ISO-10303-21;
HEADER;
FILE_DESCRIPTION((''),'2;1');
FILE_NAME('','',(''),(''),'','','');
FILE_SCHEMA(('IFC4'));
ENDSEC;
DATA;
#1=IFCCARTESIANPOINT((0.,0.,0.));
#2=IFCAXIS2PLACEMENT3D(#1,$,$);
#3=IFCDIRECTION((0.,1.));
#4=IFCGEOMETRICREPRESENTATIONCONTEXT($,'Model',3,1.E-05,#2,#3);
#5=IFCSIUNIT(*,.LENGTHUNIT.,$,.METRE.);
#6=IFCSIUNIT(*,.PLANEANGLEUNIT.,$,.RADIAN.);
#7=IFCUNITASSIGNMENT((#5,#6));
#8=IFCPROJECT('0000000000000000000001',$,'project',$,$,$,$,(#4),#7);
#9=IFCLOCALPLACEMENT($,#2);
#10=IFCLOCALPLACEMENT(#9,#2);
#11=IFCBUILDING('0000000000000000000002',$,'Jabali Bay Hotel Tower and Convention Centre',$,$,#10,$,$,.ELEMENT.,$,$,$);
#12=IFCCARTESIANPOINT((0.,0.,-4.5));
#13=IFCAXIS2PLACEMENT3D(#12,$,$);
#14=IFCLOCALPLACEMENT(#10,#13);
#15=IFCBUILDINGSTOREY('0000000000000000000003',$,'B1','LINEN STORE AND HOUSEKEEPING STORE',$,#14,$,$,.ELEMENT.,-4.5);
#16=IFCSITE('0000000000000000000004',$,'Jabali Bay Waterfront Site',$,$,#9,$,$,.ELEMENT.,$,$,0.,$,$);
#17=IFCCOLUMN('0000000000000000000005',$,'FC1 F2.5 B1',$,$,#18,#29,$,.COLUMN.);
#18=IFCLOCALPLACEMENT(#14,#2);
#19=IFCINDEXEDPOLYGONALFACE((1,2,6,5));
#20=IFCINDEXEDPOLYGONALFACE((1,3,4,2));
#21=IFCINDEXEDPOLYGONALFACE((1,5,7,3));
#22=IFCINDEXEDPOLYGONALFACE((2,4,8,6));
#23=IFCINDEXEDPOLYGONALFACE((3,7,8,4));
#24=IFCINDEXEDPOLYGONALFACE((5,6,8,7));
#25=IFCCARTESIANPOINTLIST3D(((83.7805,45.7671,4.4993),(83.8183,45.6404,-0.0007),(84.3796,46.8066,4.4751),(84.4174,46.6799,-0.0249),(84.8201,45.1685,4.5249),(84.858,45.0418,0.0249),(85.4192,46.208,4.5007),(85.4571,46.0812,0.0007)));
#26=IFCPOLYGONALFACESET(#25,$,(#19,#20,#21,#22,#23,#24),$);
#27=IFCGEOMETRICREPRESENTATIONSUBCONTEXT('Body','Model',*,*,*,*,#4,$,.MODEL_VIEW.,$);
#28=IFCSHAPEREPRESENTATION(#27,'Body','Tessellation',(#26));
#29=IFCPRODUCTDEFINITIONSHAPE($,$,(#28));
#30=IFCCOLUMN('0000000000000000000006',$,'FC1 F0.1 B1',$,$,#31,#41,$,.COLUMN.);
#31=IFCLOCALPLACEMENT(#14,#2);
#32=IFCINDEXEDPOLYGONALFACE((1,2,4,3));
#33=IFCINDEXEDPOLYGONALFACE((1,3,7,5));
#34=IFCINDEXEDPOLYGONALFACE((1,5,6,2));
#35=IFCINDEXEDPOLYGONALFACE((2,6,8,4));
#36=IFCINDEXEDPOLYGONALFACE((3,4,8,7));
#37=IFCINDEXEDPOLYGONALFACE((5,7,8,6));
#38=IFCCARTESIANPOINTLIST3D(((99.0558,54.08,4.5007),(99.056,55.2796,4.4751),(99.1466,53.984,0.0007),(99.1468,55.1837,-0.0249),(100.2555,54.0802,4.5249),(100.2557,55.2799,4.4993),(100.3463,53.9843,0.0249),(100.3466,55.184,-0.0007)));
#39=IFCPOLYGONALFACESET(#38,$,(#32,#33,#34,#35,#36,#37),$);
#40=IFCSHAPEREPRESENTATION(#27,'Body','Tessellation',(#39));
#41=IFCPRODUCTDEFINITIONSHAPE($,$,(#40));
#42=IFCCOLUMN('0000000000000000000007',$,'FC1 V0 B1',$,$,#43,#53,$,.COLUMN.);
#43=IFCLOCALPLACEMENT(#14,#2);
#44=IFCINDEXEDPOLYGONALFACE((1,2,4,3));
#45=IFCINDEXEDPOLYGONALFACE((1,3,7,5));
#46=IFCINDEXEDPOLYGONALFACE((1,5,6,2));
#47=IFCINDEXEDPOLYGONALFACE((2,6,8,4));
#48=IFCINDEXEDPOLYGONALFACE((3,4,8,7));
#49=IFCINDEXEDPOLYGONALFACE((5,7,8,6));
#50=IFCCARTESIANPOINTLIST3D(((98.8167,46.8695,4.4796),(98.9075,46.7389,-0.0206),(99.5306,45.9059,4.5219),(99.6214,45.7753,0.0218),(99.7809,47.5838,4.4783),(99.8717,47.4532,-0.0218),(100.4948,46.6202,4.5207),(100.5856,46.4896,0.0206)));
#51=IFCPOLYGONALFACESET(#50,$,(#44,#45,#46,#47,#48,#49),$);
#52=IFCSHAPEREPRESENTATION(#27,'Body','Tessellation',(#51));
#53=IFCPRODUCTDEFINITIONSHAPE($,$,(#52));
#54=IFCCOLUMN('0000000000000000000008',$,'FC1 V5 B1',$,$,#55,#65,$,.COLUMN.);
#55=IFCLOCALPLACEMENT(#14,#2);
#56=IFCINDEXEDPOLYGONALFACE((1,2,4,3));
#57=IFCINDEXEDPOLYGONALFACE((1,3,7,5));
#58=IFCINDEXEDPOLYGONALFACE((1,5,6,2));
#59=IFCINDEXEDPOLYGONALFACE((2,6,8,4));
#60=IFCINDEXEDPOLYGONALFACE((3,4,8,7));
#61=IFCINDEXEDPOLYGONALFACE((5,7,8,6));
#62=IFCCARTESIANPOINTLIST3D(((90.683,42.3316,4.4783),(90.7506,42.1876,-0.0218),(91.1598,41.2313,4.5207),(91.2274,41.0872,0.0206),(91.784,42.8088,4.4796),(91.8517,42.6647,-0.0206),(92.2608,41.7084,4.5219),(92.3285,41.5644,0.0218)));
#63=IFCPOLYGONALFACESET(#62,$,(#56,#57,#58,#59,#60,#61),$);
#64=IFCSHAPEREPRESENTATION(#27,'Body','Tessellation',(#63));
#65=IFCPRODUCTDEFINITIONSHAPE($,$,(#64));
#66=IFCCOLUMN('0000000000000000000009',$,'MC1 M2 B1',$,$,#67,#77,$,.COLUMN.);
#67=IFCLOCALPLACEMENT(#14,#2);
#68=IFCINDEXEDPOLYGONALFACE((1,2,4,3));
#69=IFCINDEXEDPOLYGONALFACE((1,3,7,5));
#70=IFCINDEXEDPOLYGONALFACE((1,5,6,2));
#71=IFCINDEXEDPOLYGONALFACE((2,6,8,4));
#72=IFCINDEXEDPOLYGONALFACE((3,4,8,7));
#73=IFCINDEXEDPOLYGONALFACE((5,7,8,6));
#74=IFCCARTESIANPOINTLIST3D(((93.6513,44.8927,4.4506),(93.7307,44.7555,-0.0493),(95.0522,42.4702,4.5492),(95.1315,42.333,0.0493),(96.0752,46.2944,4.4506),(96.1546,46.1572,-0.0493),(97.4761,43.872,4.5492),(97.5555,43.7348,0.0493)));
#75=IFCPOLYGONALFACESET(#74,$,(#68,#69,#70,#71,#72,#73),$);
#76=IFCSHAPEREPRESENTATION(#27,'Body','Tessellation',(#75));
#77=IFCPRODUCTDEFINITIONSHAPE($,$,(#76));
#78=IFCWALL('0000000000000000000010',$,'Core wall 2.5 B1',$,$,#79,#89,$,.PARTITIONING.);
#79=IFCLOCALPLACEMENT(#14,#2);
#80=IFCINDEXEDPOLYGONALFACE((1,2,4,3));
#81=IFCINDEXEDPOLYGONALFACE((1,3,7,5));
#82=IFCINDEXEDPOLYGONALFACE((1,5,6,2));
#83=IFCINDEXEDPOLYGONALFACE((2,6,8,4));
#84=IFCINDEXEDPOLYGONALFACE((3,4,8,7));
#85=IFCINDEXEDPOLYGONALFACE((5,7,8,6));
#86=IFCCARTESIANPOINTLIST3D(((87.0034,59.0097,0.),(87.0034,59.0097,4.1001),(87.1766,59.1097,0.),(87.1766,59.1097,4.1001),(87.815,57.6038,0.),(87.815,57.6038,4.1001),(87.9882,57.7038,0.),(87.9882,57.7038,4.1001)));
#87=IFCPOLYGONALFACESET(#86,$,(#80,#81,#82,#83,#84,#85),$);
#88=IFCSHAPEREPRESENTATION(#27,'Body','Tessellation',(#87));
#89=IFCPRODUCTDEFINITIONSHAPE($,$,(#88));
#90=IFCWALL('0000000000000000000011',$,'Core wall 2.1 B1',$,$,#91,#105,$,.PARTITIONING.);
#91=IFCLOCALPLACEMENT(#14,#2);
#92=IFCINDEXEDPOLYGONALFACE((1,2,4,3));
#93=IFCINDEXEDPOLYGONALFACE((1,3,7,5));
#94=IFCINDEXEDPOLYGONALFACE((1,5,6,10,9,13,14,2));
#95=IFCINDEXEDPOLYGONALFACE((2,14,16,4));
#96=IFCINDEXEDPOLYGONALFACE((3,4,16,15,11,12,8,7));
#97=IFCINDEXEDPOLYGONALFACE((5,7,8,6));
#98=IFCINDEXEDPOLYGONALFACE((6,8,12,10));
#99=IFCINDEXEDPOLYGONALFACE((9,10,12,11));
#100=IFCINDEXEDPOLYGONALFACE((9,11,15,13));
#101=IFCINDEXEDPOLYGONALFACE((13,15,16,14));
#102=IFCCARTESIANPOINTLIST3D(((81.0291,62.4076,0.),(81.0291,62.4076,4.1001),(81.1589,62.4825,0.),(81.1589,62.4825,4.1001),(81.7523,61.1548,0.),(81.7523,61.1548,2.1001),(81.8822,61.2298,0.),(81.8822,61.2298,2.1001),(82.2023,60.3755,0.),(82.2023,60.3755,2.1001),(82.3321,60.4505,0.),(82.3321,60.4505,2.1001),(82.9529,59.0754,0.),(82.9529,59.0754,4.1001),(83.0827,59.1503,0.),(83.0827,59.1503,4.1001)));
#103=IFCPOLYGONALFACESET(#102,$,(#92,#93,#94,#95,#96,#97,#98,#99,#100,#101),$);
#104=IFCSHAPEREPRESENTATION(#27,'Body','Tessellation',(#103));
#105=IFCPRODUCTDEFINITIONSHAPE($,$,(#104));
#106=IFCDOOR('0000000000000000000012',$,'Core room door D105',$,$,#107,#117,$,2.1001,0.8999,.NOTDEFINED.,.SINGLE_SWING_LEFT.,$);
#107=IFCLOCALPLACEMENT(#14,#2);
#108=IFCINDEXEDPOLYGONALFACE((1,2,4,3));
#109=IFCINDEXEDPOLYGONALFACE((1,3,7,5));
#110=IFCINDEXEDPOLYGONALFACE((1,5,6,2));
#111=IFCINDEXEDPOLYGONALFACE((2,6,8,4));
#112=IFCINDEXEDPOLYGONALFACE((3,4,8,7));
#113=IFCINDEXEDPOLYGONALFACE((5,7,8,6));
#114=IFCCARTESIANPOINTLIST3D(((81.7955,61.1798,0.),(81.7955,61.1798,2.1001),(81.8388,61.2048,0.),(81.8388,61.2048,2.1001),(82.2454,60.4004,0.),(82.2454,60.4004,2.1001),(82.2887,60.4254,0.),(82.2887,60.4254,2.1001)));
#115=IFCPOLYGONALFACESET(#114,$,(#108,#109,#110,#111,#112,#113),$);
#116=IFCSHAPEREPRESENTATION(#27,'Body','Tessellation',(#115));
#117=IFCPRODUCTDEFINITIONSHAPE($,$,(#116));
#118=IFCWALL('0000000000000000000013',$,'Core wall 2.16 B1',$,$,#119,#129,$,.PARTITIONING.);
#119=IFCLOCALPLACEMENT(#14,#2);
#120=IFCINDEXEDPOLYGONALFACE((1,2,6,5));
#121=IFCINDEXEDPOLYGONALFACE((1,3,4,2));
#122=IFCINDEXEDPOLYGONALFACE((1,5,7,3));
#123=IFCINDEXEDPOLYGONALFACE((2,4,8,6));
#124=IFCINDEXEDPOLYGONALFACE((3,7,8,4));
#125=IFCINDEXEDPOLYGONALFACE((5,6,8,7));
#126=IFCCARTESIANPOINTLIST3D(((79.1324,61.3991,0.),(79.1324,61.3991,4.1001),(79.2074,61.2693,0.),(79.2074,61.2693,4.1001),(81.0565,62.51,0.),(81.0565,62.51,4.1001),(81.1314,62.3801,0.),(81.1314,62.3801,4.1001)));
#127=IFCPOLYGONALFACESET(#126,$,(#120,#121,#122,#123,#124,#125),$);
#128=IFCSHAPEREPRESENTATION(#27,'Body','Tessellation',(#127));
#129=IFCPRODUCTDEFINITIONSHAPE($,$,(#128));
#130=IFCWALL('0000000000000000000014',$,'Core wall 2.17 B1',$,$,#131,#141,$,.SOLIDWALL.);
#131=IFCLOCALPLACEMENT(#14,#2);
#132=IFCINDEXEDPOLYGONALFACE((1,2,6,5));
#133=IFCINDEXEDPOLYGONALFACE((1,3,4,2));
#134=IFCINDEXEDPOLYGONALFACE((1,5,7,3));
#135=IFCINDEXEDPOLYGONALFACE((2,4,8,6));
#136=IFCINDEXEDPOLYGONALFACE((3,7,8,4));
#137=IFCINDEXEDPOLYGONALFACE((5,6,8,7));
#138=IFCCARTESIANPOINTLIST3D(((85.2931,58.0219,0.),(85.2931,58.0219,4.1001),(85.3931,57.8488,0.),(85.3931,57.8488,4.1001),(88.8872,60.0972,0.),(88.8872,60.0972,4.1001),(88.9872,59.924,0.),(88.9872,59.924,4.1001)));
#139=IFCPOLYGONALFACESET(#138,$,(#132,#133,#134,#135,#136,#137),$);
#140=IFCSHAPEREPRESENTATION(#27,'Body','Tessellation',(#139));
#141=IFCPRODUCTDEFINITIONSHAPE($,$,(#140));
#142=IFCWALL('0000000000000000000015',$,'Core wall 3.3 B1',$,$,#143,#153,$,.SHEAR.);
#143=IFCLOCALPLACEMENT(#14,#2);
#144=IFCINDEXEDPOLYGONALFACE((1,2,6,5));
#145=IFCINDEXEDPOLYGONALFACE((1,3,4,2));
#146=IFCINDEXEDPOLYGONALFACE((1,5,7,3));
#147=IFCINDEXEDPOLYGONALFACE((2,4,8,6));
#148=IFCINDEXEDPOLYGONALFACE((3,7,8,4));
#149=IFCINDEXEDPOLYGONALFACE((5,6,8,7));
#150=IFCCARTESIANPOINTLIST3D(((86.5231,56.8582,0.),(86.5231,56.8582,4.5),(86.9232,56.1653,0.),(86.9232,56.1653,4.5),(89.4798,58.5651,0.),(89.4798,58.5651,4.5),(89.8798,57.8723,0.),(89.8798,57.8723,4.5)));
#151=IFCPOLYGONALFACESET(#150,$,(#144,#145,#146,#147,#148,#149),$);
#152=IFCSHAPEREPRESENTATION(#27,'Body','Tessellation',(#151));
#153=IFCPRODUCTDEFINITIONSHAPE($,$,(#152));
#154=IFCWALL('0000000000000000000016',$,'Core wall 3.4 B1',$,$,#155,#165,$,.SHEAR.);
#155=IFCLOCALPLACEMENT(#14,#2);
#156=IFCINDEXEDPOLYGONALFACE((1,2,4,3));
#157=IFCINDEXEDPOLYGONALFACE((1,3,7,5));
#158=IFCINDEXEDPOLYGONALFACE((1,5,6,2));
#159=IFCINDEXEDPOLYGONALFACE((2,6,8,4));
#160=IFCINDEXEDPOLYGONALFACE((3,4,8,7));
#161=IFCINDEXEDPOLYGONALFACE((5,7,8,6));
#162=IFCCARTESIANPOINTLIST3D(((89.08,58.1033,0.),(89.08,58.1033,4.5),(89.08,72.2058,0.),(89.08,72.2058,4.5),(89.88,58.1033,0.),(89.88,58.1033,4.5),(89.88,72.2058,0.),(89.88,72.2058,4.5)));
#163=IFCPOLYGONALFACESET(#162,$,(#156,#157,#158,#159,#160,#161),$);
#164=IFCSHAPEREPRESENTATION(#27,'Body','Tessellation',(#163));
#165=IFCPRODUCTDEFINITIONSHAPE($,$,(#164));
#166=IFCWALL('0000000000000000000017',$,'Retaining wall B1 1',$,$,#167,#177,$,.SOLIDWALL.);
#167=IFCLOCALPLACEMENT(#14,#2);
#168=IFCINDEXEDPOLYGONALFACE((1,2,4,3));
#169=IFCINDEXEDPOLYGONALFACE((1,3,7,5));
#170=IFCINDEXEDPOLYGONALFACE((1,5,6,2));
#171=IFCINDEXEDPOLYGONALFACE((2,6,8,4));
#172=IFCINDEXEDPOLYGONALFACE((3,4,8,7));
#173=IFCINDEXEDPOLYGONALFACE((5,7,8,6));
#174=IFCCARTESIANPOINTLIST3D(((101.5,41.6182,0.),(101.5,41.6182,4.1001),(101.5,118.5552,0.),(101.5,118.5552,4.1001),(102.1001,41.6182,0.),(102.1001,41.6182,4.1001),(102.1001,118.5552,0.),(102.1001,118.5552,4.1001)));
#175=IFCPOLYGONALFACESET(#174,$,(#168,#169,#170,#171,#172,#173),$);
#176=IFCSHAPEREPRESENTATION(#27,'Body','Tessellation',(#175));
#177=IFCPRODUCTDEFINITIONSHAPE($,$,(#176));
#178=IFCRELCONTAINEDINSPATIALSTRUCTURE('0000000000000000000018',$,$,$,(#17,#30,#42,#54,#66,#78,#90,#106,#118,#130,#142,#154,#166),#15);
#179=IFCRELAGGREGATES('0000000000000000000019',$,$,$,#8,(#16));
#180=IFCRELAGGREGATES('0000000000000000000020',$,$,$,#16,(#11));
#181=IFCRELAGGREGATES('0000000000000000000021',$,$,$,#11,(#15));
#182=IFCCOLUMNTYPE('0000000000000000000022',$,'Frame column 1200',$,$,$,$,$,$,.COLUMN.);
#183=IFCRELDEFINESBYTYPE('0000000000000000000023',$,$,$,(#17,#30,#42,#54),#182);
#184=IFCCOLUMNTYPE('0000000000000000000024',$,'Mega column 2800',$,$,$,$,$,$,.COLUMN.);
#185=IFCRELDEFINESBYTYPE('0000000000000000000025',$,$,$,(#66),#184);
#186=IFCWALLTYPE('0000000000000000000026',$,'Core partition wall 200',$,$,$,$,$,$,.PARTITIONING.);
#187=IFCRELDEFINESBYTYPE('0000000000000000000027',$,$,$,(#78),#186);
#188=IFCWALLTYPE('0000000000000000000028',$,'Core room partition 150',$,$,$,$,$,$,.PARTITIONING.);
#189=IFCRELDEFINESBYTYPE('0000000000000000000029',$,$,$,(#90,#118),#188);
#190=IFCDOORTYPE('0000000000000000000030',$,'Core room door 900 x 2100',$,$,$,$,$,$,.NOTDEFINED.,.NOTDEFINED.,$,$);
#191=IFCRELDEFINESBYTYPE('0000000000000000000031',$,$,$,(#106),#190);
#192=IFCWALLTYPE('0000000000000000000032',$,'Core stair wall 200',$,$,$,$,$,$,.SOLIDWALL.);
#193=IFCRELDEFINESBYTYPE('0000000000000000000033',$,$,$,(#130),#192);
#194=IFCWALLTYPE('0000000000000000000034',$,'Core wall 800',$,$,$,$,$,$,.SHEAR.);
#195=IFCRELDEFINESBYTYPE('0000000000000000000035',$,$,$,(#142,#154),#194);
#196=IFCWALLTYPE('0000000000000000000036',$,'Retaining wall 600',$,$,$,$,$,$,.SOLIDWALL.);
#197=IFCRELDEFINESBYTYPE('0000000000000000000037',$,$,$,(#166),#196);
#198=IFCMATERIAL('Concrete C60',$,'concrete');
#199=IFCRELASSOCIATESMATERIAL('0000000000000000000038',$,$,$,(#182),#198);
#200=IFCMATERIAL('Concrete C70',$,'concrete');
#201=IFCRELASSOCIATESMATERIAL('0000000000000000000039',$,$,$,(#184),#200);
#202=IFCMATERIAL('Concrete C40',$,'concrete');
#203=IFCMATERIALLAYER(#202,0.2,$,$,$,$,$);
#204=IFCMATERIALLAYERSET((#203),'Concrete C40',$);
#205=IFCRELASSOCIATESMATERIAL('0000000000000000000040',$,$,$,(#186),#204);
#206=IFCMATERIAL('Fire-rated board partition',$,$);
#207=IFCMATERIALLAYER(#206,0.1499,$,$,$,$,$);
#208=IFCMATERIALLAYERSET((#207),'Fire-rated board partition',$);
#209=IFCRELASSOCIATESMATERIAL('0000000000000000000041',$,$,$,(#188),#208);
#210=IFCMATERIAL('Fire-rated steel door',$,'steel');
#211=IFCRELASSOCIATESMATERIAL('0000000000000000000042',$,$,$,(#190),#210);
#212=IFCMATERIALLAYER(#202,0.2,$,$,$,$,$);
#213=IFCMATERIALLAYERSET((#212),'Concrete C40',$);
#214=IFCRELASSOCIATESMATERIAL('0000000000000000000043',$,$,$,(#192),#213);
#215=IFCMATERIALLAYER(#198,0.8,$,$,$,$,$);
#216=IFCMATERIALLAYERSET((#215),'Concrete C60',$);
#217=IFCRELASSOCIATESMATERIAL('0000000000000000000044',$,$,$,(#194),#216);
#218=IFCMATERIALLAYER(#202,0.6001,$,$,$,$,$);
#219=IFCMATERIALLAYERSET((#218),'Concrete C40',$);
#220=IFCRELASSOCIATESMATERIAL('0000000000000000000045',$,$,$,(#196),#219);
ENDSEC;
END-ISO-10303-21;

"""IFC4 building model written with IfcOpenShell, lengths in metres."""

from ifc_helpers import new_model, si_unit, direction, frame, frame_2d, origin, origin_2d, place, context, subcontext, project, spatial, rectangle, extrude, material, layer, layer_set, material_profile, profile_set, type_object, element, fill, save


model = new_model("IFC4")

# Units and contexts
model_context = context("Model", 3, precision=1e-05, world=origin(), true_north=direction((0.0, 1.0)))
body_context = subcontext(model_context, "Body", "Model", "MODEL_VIEW")
ifc_project = project(units=[si_unit("LENGTHUNIT", "METRE"), si_unit("PLANEANGLEUNIT", "RADIAN")], contexts=[model_context])

# Site, building, storey
site_placement = place(None, origin())
site = spatial("IfcSite", under=ifc_project, at=site_placement, Name="Jabali Bay Waterfront Site", CompositionType="ELEMENT", RefElevation=0.0)
building_placement = place(site_placement, origin())
building = spatial("IfcBuilding", under=site, at=building_placement, Name="Jabali Bay Hotel Tower and Convention Centre", CompositionType="ELEMENT")
storey_placement = place(building_placement, frame((0.0, 0.0, -4.5)))
storey = spatial("IfcBuildingStorey", under=building, at=storey_placement, Name="B1", Description="LINEN STORE AND HOUSEKEEPING STORE", CompositionType="ELEMENT", Elevation=-4.5)

# Columns
ifc_material_1 = material(Name="Concrete C60", Category="concrete")
ifc_material_profile_1 = material_profile(ifc_material_1, rectangle(XDim=1.2, YDim=1.2, at=origin_2d()), Name="Frame column 1200")
ifc_profile_set_1 = profile_set([ifc_material_profile_1], Name="Concrete C60")
column_type_1 = type_object("IfcColumnType", Name="Frame column 1200", PredefinedType="COLUMN", material=ifc_profile_set_1)
for number, where, z_axis, x_axis, name in (
    (1, (84.6377, 45.8608, 0.0), (-0.008406, 0.028145, 0.999568), (-0.499255, -0.86622, 0.020192), "FC1 F2.5 B1"),
    (2, (99.7466, 54.584, 0.0), (-0.020174, 0.021312, 0.999569), (-0.000198, -0.999773, 0.021313), "FC1 F0.1 B1"),
):
    element("IfcColumn", number, at=place(storey_placement, frame(where, z_axis=z_axis, x_axis=x_axis)), inside=storey, type_object=column_type_1, Name=name, PredefinedType="COLUMN", context=body_context, shape_type="SweptSolid", body=[
        extrude(rectangle(XDim=1.2, YDim=1.2, at=origin_2d()), origin(), (0.0, 0.0, 1.0), 4.502),
    ])
for number, where, z_axis, x_axis, name in (
    (3, (99.7466, 46.6143, 0.0), (-0.02017, 0.029007, 0.999376), (-0.803526, -0.595269, 0.001061), "FC1 V0 B1"),
    (4, (91.5396, 41.876, 0.0), (-0.015019, 0.03199, 0.999375), (0.397343, -0.91699, 0.035324), "FC1 V5 B1"),
):
    element("IfcColumn", number, at=place(storey_placement, frame(where, z_axis=z_axis, x_axis=x_axis)), inside=storey, type_object=column_type_1, Name=name, PredefinedType="COLUMN", context=body_context, shape_type="SweptSolid", body=[
        extrude(rectangle(XDim=1.2, YDim=1.2, at=origin_2d()), origin(), (0.0, 0.0, 1.0), 4.5029),
    ])
ifc_material_2 = material(Name="Concrete C70", Category="concrete")
ifc_material_profile_2 = material_profile(ifc_material_2, rectangle(XDim=2.8, YDim=2.8, at=origin_2d()), Name="Mega column 2800")
ifc_profile_set_2 = profile_set([ifc_material_profile_2], Name="Concrete C70")
column_type_2 = type_object("IfcColumnType", Name="Mega column 2800", PredefinedType="COLUMN", material=ifc_profile_set_2)
column_placement = place(storey_placement, frame((95.6431, 44.2451, 0.0), z_axis=(-0.017621, 0.030472, 0.99938), x_axis=(-0.865671, -0.500613, 0.0)))
element("IfcColumn", 5, at=column_placement, inside=storey, type_object=column_type_2, Name="MC1 M2 B1", PredefinedType="COLUMN", context=body_context, shape_type="SweptSolid", body=[
    extrude(rectangle(XDim=2.8, YDim=2.8, at=origin_2d()), origin(), (0.0, 0.0, 1.0), 4.5027),
])

# Wall
ifc_material_3 = material(Name="Concrete C40", Category="concrete")
ifc_layer_1 = layer(ifc_material_3, 0.2)
ifc_layer_set_1 = layer_set([ifc_layer_1], Name="Concrete C40")
wall_type_1 = type_object("IfcWallType", Name="Core partition wall 200", PredefinedType="PARTITIONING", material=ifc_layer_set_1)
wall_1_placement = place(storey_placement, frame((87.0901, 59.0596, 0.0), z_axis=(0.0, 0.0, 1.0), x_axis=(0.499957, -0.86605, 0.0)))
element("IfcWall", 6, at=wall_1_placement, inside=storey, type_object=wall_type_1, Name="Core wall 2.5 B1", PredefinedType="PARTITIONING", context=body_context, shape_type="SweptSolid", body=[
    extrude(rectangle(XDim=1.6233, YDim=0.2, at=frame_2d((0.8115, 0.0))), origin(), (0.0, 0.0, 1.0), 4.1001),
])

# Wall, opening, door
ifc_material_4 = material(Name="Fire-rated board partition")
ifc_layer_2 = layer(ifc_material_4, 0.1499)
ifc_layer_set_2 = layer_set([ifc_layer_2], Name="Fire-rated board partition")
wall_type_2 = type_object("IfcWallType", Name="Core room partition 150", PredefinedType="PARTITIONING", material=ifc_layer_set_2)
wall_2_placement = place(storey_placement, frame((81.094, 62.4451, 0.0), z_axis=(0.0, 0.0, 1.0), x_axis=(0.499988, -0.866032, 0.0)))
wall_2 = element("IfcWall", 7, at=wall_2_placement, inside=storey, type_object=wall_type_2, Name="Core wall 2.1 B1", PredefinedType="PARTITIONING", context=body_context, shape_type="SweptSolid", body=[
    extrude(rectangle(XDim=3.8477, YDim=0.1499, at=frame_2d((1.9238, 0.0))), origin(), (0.0, 0.0, 1.0), 4.1001),
])
opening_placement = place(wall_2_placement, frame((1.4465, 0.0, 0.0)))
opening = element("IfcOpeningElement", 8, at=opening_placement, cuts=wall_2, PredefinedType="OPENING", context=body_context, shape_type="SweptSolid", body=[
    extrude(rectangle(XDim=0.8999, YDim=2.1001, at=frame_2d((0.45, 1.05))), frame((0.0, 0.0854, 0.0), z_axis=(0.0, -1.0, 0.0), x_axis=(1.0, 0.0, 0.0)), (0.0, 0.0, 1.0), 0.1709),
])
ifc_material_5 = material(Name="Fire-rated steel door", Category="steel")
door_type = type_object("IfcDoorType", Name="Core room door 900 x 2100", OperationType="NOTDEFINED", PredefinedType="NOTDEFINED", material=ifc_material_5)
door_placement = place(opening_placement, origin())
door = element("IfcDoor", 9, at=door_placement, inside=storey, type_object=door_type, Name="Core room door D105", OperationType="SINGLE_SWING_LEFT", OverallHeight=2.1001, OverallWidth=0.8999, PredefinedType="NOTDEFINED", context=body_context, shape_type="SweptSolid", body=[
    extrude(rectangle(XDim=0.8999, YDim=2.1001, at=frame_2d((0.45, 1.05))), frame((0.0, 0.0249, 0.0), z_axis=(0.0, -1.0, 0.0), x_axis=(1.0, 0.0, 0.0)), (0.0, 0.0, 1.0), 0.05),
])
fill(opening, door)

# Walls
wall_3_placement = place(storey_placement, frame((79.1699, 61.3342, 0.0), z_axis=(0.0, 0.0, 1.0), x_axis=(0.86603, 0.499992, 0.0)))
element("IfcWall", 10, at=wall_3_placement, inside=storey, type_object=wall_type_2, Name="Core wall 2.16 B1", PredefinedType="PARTITIONING", context=body_context, shape_type="SweptSolid", body=[
    extrude(rectangle(XDim=2.2217, YDim=0.1499, at=frame_2d((1.1108, 0.0))), origin(), (0.0, 0.0, 1.0), 4.1001),
])
ifc_layer_3 = layer(ifc_material_3, 0.2)
ifc_layer_set_3 = layer_set([ifc_layer_3], Name="Concrete C40")
wall_type_3 = type_object("IfcWallType", Name="Core stair wall 200", PredefinedType="SOLIDWALL", material=ifc_layer_set_3)
wall_4_placement = place(storey_placement, frame((85.343, 57.9353, 0.0), z_axis=(0.0, 0.0, 1.0), x_axis=(0.866004, 0.500036, 0.0)))
element("IfcWall", 11, at=wall_4_placement, inside=storey, type_object=wall_type_3, Name="Core wall 2.17 B1", PredefinedType="SOLIDWALL", context=body_context, shape_type="SweptSolid", body=[
    extrude(rectangle(XDim=4.1501, YDim=0.2, at=frame_2d((2.0752, 0.0))), origin(), (0.0, 0.0, 1.0), 4.1001),
])
ifc_layer_4 = layer(ifc_material_1, 0.8)
ifc_layer_set_4 = layer_set([ifc_layer_4], Name="Concrete C60")
wall_type_4 = type_object("IfcWallType", Name="Core wall 800", PredefinedType="SHEAR", material=ifc_layer_set_4)
wall_5_placement = place(storey_placement, frame((86.7231, 56.5117, 0.0), z_axis=(0.0, 0.0, 1.0), x_axis=(0.866034, 0.499984, 0.0)))
element("IfcWall", 12, at=wall_5_placement, inside=storey, type_object=wall_type_4, Name="Core wall 3.3 B1", PredefinedType="SHEAR", context=body_context, shape_type="SweptSolid", body=[
    extrude(rectangle(XDim=3.4141, YDim=0.8, at=frame_2d((1.707, 0.0))), origin(), (0.0, 0.0, 1.0), 4.5),
])
wall_6_placement = place(storey_placement, frame((89.48, 58.1033, 0.0), z_axis=(0.0, 0.0, 1.0), x_axis=(0.0, 1.0, 0.0)))
element("IfcWall", 13, at=wall_6_placement, inside=storey, type_object=wall_type_4, Name="Core wall 3.4 B1", PredefinedType="SHEAR", context=body_context, shape_type="SweptSolid", body=[
    extrude(rectangle(XDim=14.1025, YDim=0.8, at=frame_2d((7.0513, 0.0))), origin(), (0.0, 0.0, 1.0), 4.5),
])
ifc_layer_5 = layer(ifc_material_3, 0.6001)
ifc_layer_set_5 = layer_set([ifc_layer_5], Name="Concrete C40")
wall_type_5 = type_object("IfcWallType", Name="Retaining wall 600", PredefinedType="SOLIDWALL", material=ifc_layer_set_5)
wall_7_placement = place(storey_placement, frame((101.8, 41.6182, 0.0), z_axis=(0.0, 0.0, 1.0), x_axis=(0.0, 1.0, 0.0)))
element("IfcWall", 14, at=wall_7_placement, inside=storey, type_object=wall_type_5, Name="Retaining wall B1 1", PredefinedType="SOLIDWALL", context=body_context, shape_type="SweptSolid", body=[
    extrude(rectangle(XDim=76.937, YDim=0.6001, at=frame_2d((38.4685, 0.0))), origin(), (0.0, 0.0, 1.0), 4.1001),
])

save(model, "model.ifc")
